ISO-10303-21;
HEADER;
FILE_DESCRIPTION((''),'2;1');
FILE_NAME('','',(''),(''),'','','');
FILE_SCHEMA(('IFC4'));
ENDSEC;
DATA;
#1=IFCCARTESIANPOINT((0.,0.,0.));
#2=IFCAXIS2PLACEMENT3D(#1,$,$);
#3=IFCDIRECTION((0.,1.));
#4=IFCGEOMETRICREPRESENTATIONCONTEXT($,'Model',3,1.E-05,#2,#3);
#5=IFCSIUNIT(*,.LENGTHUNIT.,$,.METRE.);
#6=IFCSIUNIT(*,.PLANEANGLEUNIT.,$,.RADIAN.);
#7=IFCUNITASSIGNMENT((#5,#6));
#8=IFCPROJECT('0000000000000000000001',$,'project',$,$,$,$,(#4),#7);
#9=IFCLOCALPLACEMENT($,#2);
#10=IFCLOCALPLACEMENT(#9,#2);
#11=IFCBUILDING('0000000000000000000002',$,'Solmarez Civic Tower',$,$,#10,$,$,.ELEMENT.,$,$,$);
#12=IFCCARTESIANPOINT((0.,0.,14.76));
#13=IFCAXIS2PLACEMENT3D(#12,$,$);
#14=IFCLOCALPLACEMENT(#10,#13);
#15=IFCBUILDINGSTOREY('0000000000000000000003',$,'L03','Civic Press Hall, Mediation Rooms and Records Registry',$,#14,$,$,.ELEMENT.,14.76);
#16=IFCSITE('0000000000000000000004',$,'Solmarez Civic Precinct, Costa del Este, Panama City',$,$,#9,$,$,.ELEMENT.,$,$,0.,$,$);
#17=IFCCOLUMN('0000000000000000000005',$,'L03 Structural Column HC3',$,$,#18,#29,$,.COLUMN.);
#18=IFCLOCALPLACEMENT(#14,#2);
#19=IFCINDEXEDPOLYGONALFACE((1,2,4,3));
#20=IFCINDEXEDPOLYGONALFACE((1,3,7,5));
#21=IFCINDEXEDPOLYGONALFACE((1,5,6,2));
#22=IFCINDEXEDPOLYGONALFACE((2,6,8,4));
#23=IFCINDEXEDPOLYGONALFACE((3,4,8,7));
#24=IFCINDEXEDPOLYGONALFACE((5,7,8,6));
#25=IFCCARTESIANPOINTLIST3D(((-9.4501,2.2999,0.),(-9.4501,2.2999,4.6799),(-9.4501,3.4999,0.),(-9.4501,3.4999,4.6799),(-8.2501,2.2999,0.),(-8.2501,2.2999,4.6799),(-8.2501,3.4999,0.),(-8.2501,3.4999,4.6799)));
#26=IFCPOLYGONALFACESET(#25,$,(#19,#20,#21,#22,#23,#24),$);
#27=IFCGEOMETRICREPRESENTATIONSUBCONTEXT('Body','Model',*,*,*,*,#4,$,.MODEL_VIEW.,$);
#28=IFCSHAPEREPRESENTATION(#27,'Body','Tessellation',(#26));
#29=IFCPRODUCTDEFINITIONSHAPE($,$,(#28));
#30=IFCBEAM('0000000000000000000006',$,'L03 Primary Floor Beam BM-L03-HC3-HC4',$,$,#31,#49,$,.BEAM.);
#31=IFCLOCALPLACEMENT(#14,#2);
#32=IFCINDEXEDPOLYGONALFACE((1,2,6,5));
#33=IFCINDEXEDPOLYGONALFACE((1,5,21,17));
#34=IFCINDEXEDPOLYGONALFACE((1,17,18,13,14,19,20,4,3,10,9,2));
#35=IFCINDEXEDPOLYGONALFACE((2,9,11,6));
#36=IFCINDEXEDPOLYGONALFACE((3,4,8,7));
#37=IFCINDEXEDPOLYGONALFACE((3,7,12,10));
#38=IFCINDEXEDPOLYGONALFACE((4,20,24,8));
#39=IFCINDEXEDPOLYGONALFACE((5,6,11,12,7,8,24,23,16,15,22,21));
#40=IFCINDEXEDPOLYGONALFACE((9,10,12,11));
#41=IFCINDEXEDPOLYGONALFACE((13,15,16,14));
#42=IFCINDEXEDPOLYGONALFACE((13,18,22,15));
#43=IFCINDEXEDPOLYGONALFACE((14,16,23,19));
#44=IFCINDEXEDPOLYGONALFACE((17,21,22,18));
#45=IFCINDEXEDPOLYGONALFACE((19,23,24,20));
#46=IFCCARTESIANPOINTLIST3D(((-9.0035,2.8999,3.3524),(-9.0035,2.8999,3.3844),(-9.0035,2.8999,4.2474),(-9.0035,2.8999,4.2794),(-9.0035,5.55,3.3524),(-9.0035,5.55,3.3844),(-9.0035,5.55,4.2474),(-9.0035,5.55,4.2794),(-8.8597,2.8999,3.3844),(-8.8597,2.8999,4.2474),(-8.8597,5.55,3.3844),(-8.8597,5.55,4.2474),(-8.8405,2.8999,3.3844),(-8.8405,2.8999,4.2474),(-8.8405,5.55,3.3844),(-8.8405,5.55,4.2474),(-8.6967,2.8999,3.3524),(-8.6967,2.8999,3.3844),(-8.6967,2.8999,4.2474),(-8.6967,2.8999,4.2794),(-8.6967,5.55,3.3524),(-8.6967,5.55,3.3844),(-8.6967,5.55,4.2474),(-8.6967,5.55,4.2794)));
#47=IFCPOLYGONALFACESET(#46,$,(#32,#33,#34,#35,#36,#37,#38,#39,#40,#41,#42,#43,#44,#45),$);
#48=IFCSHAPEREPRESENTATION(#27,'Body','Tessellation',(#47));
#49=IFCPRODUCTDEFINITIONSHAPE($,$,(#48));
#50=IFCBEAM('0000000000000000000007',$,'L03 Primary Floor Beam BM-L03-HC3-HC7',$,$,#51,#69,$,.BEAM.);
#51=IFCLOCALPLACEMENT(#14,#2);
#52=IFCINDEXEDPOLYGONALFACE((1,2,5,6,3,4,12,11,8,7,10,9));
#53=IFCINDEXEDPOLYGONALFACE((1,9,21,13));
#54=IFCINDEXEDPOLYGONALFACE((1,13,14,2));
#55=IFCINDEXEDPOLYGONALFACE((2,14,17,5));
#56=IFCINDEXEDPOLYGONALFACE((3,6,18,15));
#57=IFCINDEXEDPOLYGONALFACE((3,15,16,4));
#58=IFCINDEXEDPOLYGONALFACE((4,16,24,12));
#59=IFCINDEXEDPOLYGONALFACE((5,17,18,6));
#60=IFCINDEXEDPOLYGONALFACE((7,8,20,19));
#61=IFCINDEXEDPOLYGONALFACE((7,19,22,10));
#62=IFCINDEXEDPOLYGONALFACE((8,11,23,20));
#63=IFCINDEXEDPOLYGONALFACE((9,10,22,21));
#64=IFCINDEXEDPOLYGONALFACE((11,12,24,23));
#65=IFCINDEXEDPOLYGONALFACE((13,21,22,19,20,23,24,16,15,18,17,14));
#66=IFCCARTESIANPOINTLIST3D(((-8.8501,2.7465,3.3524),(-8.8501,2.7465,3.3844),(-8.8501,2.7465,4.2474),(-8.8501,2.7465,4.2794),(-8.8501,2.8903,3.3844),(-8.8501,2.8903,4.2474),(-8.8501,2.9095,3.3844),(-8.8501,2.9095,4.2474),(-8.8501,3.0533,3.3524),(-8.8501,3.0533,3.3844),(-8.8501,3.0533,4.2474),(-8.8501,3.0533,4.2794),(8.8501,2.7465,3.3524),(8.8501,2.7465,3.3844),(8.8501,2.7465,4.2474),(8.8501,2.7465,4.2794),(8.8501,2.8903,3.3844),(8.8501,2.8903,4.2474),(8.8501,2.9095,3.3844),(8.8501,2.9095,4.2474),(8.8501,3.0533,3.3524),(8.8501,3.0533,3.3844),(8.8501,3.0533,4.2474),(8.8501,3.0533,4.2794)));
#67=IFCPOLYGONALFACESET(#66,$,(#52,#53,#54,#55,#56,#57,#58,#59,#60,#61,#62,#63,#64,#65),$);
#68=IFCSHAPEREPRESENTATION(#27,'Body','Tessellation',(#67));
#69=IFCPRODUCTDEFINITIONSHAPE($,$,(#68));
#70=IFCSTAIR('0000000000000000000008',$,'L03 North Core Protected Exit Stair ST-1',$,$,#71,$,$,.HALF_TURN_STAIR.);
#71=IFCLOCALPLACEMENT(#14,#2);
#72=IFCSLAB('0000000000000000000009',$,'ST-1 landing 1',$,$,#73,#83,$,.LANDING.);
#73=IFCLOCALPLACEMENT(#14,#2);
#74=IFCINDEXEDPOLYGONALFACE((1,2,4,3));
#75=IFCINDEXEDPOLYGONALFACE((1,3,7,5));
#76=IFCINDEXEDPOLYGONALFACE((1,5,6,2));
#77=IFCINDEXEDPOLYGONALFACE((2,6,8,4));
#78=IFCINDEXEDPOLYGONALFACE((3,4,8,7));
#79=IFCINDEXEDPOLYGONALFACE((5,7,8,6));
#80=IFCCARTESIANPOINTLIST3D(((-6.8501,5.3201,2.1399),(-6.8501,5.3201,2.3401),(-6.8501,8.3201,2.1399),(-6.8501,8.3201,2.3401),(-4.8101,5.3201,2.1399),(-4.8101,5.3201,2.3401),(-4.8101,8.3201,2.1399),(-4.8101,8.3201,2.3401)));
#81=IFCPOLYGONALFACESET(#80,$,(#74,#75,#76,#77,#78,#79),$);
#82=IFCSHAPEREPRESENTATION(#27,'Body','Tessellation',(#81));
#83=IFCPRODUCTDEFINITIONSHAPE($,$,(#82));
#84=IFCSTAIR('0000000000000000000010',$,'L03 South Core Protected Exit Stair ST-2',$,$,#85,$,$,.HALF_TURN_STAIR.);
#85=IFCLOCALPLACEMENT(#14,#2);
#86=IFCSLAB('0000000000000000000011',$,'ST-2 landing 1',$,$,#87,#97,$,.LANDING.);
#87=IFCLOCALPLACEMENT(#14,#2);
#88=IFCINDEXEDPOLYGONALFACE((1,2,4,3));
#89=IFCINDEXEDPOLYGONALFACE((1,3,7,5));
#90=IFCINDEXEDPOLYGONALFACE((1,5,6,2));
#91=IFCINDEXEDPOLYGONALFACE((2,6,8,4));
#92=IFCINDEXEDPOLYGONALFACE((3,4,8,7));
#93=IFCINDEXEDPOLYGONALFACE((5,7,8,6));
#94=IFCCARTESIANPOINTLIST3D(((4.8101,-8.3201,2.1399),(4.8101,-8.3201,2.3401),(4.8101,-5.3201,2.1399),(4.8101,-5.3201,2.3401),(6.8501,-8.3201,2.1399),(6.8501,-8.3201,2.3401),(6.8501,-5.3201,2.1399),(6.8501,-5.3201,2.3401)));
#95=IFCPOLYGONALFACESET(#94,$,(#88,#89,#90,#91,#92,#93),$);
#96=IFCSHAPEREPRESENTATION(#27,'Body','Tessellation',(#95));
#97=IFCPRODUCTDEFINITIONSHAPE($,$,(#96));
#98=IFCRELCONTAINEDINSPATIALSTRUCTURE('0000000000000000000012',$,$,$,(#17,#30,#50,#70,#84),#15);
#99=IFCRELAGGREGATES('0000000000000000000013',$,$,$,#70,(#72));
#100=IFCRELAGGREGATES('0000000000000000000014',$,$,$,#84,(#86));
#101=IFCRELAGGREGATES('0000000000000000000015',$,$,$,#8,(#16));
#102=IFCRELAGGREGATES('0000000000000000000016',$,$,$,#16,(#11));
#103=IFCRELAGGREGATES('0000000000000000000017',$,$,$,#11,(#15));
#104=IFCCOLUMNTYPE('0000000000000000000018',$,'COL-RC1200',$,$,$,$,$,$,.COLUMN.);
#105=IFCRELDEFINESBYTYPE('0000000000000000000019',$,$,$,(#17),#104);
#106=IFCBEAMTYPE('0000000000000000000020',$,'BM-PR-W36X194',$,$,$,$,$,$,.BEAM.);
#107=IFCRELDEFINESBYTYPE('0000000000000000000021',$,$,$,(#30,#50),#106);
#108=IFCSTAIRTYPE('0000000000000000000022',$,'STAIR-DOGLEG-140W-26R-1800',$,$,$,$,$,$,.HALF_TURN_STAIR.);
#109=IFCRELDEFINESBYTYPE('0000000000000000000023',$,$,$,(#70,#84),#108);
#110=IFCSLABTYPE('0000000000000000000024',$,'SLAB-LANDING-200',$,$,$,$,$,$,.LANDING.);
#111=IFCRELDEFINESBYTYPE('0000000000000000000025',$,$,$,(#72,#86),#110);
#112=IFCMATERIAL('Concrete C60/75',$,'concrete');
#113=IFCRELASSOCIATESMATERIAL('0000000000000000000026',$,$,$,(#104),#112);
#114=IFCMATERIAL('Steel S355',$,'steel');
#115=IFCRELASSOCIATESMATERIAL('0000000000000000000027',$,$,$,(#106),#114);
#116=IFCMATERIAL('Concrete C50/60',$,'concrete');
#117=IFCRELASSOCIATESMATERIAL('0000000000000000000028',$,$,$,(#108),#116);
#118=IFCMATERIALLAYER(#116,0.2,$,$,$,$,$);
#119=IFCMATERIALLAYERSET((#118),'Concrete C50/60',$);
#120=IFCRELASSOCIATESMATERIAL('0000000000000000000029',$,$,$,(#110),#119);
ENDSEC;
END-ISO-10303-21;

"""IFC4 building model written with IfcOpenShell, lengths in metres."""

from ifc_helpers import new_model, si_unit, direction, frame, origin, origin_2d, place, context, subcontext, project, spatial, polyline, rectangle, i_section, outline, extrude, material, layer, layer_set, material_profile, profile_set, type_object, element, aggregate, save


model = new_model("IFC4")

# Units and contexts
model_context = context("Model", 3, precision=1e-05, world=origin(), true_north=direction((0.0, 1.0)))
body_context = subcontext(model_context, "Body", "Model", "MODEL_VIEW")
ifc_project = project(units=[si_unit("LENGTHUNIT", "METRE"), si_unit("PLANEANGLEUNIT", "RADIAN")], contexts=[model_context])

# Site, building, storey
site_placement = place(None, origin())
site = spatial("IfcSite", under=ifc_project, at=site_placement, Name="Solmarez Civic Precinct, Costa del Este, Panama City", CompositionType="ELEMENT", RefElevation=0.0)
building_placement = place(site_placement, origin())
building = spatial("IfcBuilding", under=site, at=building_placement, Name="Solmarez Civic Tower", CompositionType="ELEMENT")
storey_placement = place(building_placement, frame((0.0, 0.0, 14.76)))
storey = spatial("IfcBuildingStorey", under=building, at=storey_placement, Name="L03", Description="Civic Press Hall, Mediation Rooms and Records Registry", CompositionType="ELEMENT", Elevation=14.76)

# Column
ifc_material_1 = material(Name="Concrete C60/75", Category="concrete")
ifc_material_profile_1 = material_profile(ifc_material_1, rectangle(XDim=1.2, YDim=1.2, at=origin_2d()), Name="RC1200X1200")
ifc_profile_set_1 = profile_set([ifc_material_profile_1], Name="Concrete C60/75")
column_type = type_object("IfcColumnType", Name="COL-RC1200", PredefinedType="COLUMN", material=ifc_profile_set_1)
column_placement = place(storey_placement, frame((-8.8501, 2.8999, 0.0), z_axis=(0.0, 0.0, 1.0), x_axis=(1.0, 0.0, 0.0)))
element("IfcColumn", 1, at=column_placement, inside=storey, type_object=column_type, Name="L03 Structural Column HC3", PredefinedType="COLUMN", context=body_context, shape_type="SweptSolid", body=[
    extrude(rectangle(XDim=1.2, YDim=1.2, at=origin_2d()), origin(), (0.0, 0.0, 1.0), 4.6799),
])

# Beams
ifc_material_2 = material(Name="Steel S355", Category="steel")
ifc_material_profile_2 = material_profile(ifc_material_2, i_section(OverallWidth=0.3069, OverallDepth=0.927, WebThickness=0.0193, FlangeThickness=0.032, at=origin_2d()), Name="W36X194")
ifc_profile_set_2 = profile_set([ifc_material_profile_2], Name="Steel S355")
beam_type = type_object("IfcBeamType", Name="BM-PR-W36X194", PredefinedType="BEAM", material=ifc_profile_set_2)
beam_1_placement = place(storey_placement, frame((-8.8501, 2.8999, 3.8159), z_axis=(0.0, 1.0, 0.0), x_axis=(-1.0, 0.0, 0.0)))
element("IfcBeam", 2, at=beam_1_placement, inside=storey, type_object=beam_type, Name="L03 Primary Floor Beam BM-L03-HC3-HC4", PredefinedType="BEAM", context=body_context, shape_type="SweptSolid", body=[
    extrude(i_section(OverallWidth=0.3069, OverallDepth=0.927, WebThickness=0.0193, FlangeThickness=0.032, at=origin_2d()), origin(), (0.0, 0.0, 1.0), 2.6501),
])
beam_2_placement = place(storey_placement, frame((-8.8501, 2.8999, 3.8159), z_axis=(1.0, 0.0, 0.0), x_axis=(0.0, 1.0, 0.0)))
element("IfcBeam", 3, at=beam_2_placement, inside=storey, type_object=beam_type, Name="L03 Primary Floor Beam BM-L03-HC3-HC7", PredefinedType="BEAM", context=body_context, shape_type="SweptSolid", body=[
    extrude(i_section(OverallWidth=0.3069, OverallDepth=0.927, WebThickness=0.0193, FlangeThickness=0.032, at=origin_2d()), origin(), (0.0, 0.0, 1.0), 17.7002),
])

# Stairs, slabs
ifc_material_3 = material(Name="Concrete C50/60", Category="concrete")
stair_type = type_object("IfcStairType", Name="STAIR-DOGLEG-140W-26R-1800", PredefinedType="HALF_TURN_STAIR", material=ifc_material_3)
stair_1_placement = place(storey_placement, origin())
stair_1 = element("IfcStair", 4, at=stair_1_placement, inside=storey, type_object=stair_type, Name="L03 North Core Protected Exit Stair ST-1", PredefinedType="HALF_TURN_STAIR")
ifc_layer_1 = layer(ifc_material_3, 0.2)
ifc_layer_set_1 = layer_set([ifc_layer_1], Name="Concrete C50/60")
slab_type_1 = type_object("IfcSlabType", Name="SLAB-LANDING-200", PredefinedType="LANDING", material=ifc_layer_set_1)
slab_1_placement = place(storey_placement, frame((0.0, 0.0, 2.1399)))
slab_1 = element("IfcSlab", 5, at=slab_1_placement, type_object=slab_type_1, Name="ST-1 landing 1", PredefinedType="LANDING", context=body_context, shape_type="SweptSolid", body=[
    extrude(outline(polyline([(-4.8101, 8.3201), (-6.8501, 8.3201), (-6.8501, 5.3201), (-4.8101, 5.3201), (-4.8101, 8.3201)])), origin(), (0.0, 0.0, 1.0), 0.2002),
])
aggregate(stair_1, [slab_1])
stair_2_placement = place(storey_placement, origin())
stair_2 = element("IfcStair", 6, at=stair_2_placement, inside=storey, type_object=stair_type, Name="L03 South Core Protected Exit Stair ST-2", PredefinedType="HALF_TURN_STAIR")
slab_2_placement = place(storey_placement, frame((0.0, 0.0, 2.1399)))
slab_2 = element("IfcSlab", 7, at=slab_2_placement, type_object=slab_type_1, Name="ST-2 landing 1", PredefinedType="LANDING", context=body_context, shape_type="SweptSolid", body=[
    extrude(outline(polyline([(4.8101, -8.3201), (6.8501, -8.3201), (6.8501, -5.3201), (4.8101, -5.3201), (4.8101, -8.3201)])), origin(), (0.0, 0.0, 1.0), 0.2002),
])
aggregate(stair_2, [slab_2])

save(model, "model.ifc")
